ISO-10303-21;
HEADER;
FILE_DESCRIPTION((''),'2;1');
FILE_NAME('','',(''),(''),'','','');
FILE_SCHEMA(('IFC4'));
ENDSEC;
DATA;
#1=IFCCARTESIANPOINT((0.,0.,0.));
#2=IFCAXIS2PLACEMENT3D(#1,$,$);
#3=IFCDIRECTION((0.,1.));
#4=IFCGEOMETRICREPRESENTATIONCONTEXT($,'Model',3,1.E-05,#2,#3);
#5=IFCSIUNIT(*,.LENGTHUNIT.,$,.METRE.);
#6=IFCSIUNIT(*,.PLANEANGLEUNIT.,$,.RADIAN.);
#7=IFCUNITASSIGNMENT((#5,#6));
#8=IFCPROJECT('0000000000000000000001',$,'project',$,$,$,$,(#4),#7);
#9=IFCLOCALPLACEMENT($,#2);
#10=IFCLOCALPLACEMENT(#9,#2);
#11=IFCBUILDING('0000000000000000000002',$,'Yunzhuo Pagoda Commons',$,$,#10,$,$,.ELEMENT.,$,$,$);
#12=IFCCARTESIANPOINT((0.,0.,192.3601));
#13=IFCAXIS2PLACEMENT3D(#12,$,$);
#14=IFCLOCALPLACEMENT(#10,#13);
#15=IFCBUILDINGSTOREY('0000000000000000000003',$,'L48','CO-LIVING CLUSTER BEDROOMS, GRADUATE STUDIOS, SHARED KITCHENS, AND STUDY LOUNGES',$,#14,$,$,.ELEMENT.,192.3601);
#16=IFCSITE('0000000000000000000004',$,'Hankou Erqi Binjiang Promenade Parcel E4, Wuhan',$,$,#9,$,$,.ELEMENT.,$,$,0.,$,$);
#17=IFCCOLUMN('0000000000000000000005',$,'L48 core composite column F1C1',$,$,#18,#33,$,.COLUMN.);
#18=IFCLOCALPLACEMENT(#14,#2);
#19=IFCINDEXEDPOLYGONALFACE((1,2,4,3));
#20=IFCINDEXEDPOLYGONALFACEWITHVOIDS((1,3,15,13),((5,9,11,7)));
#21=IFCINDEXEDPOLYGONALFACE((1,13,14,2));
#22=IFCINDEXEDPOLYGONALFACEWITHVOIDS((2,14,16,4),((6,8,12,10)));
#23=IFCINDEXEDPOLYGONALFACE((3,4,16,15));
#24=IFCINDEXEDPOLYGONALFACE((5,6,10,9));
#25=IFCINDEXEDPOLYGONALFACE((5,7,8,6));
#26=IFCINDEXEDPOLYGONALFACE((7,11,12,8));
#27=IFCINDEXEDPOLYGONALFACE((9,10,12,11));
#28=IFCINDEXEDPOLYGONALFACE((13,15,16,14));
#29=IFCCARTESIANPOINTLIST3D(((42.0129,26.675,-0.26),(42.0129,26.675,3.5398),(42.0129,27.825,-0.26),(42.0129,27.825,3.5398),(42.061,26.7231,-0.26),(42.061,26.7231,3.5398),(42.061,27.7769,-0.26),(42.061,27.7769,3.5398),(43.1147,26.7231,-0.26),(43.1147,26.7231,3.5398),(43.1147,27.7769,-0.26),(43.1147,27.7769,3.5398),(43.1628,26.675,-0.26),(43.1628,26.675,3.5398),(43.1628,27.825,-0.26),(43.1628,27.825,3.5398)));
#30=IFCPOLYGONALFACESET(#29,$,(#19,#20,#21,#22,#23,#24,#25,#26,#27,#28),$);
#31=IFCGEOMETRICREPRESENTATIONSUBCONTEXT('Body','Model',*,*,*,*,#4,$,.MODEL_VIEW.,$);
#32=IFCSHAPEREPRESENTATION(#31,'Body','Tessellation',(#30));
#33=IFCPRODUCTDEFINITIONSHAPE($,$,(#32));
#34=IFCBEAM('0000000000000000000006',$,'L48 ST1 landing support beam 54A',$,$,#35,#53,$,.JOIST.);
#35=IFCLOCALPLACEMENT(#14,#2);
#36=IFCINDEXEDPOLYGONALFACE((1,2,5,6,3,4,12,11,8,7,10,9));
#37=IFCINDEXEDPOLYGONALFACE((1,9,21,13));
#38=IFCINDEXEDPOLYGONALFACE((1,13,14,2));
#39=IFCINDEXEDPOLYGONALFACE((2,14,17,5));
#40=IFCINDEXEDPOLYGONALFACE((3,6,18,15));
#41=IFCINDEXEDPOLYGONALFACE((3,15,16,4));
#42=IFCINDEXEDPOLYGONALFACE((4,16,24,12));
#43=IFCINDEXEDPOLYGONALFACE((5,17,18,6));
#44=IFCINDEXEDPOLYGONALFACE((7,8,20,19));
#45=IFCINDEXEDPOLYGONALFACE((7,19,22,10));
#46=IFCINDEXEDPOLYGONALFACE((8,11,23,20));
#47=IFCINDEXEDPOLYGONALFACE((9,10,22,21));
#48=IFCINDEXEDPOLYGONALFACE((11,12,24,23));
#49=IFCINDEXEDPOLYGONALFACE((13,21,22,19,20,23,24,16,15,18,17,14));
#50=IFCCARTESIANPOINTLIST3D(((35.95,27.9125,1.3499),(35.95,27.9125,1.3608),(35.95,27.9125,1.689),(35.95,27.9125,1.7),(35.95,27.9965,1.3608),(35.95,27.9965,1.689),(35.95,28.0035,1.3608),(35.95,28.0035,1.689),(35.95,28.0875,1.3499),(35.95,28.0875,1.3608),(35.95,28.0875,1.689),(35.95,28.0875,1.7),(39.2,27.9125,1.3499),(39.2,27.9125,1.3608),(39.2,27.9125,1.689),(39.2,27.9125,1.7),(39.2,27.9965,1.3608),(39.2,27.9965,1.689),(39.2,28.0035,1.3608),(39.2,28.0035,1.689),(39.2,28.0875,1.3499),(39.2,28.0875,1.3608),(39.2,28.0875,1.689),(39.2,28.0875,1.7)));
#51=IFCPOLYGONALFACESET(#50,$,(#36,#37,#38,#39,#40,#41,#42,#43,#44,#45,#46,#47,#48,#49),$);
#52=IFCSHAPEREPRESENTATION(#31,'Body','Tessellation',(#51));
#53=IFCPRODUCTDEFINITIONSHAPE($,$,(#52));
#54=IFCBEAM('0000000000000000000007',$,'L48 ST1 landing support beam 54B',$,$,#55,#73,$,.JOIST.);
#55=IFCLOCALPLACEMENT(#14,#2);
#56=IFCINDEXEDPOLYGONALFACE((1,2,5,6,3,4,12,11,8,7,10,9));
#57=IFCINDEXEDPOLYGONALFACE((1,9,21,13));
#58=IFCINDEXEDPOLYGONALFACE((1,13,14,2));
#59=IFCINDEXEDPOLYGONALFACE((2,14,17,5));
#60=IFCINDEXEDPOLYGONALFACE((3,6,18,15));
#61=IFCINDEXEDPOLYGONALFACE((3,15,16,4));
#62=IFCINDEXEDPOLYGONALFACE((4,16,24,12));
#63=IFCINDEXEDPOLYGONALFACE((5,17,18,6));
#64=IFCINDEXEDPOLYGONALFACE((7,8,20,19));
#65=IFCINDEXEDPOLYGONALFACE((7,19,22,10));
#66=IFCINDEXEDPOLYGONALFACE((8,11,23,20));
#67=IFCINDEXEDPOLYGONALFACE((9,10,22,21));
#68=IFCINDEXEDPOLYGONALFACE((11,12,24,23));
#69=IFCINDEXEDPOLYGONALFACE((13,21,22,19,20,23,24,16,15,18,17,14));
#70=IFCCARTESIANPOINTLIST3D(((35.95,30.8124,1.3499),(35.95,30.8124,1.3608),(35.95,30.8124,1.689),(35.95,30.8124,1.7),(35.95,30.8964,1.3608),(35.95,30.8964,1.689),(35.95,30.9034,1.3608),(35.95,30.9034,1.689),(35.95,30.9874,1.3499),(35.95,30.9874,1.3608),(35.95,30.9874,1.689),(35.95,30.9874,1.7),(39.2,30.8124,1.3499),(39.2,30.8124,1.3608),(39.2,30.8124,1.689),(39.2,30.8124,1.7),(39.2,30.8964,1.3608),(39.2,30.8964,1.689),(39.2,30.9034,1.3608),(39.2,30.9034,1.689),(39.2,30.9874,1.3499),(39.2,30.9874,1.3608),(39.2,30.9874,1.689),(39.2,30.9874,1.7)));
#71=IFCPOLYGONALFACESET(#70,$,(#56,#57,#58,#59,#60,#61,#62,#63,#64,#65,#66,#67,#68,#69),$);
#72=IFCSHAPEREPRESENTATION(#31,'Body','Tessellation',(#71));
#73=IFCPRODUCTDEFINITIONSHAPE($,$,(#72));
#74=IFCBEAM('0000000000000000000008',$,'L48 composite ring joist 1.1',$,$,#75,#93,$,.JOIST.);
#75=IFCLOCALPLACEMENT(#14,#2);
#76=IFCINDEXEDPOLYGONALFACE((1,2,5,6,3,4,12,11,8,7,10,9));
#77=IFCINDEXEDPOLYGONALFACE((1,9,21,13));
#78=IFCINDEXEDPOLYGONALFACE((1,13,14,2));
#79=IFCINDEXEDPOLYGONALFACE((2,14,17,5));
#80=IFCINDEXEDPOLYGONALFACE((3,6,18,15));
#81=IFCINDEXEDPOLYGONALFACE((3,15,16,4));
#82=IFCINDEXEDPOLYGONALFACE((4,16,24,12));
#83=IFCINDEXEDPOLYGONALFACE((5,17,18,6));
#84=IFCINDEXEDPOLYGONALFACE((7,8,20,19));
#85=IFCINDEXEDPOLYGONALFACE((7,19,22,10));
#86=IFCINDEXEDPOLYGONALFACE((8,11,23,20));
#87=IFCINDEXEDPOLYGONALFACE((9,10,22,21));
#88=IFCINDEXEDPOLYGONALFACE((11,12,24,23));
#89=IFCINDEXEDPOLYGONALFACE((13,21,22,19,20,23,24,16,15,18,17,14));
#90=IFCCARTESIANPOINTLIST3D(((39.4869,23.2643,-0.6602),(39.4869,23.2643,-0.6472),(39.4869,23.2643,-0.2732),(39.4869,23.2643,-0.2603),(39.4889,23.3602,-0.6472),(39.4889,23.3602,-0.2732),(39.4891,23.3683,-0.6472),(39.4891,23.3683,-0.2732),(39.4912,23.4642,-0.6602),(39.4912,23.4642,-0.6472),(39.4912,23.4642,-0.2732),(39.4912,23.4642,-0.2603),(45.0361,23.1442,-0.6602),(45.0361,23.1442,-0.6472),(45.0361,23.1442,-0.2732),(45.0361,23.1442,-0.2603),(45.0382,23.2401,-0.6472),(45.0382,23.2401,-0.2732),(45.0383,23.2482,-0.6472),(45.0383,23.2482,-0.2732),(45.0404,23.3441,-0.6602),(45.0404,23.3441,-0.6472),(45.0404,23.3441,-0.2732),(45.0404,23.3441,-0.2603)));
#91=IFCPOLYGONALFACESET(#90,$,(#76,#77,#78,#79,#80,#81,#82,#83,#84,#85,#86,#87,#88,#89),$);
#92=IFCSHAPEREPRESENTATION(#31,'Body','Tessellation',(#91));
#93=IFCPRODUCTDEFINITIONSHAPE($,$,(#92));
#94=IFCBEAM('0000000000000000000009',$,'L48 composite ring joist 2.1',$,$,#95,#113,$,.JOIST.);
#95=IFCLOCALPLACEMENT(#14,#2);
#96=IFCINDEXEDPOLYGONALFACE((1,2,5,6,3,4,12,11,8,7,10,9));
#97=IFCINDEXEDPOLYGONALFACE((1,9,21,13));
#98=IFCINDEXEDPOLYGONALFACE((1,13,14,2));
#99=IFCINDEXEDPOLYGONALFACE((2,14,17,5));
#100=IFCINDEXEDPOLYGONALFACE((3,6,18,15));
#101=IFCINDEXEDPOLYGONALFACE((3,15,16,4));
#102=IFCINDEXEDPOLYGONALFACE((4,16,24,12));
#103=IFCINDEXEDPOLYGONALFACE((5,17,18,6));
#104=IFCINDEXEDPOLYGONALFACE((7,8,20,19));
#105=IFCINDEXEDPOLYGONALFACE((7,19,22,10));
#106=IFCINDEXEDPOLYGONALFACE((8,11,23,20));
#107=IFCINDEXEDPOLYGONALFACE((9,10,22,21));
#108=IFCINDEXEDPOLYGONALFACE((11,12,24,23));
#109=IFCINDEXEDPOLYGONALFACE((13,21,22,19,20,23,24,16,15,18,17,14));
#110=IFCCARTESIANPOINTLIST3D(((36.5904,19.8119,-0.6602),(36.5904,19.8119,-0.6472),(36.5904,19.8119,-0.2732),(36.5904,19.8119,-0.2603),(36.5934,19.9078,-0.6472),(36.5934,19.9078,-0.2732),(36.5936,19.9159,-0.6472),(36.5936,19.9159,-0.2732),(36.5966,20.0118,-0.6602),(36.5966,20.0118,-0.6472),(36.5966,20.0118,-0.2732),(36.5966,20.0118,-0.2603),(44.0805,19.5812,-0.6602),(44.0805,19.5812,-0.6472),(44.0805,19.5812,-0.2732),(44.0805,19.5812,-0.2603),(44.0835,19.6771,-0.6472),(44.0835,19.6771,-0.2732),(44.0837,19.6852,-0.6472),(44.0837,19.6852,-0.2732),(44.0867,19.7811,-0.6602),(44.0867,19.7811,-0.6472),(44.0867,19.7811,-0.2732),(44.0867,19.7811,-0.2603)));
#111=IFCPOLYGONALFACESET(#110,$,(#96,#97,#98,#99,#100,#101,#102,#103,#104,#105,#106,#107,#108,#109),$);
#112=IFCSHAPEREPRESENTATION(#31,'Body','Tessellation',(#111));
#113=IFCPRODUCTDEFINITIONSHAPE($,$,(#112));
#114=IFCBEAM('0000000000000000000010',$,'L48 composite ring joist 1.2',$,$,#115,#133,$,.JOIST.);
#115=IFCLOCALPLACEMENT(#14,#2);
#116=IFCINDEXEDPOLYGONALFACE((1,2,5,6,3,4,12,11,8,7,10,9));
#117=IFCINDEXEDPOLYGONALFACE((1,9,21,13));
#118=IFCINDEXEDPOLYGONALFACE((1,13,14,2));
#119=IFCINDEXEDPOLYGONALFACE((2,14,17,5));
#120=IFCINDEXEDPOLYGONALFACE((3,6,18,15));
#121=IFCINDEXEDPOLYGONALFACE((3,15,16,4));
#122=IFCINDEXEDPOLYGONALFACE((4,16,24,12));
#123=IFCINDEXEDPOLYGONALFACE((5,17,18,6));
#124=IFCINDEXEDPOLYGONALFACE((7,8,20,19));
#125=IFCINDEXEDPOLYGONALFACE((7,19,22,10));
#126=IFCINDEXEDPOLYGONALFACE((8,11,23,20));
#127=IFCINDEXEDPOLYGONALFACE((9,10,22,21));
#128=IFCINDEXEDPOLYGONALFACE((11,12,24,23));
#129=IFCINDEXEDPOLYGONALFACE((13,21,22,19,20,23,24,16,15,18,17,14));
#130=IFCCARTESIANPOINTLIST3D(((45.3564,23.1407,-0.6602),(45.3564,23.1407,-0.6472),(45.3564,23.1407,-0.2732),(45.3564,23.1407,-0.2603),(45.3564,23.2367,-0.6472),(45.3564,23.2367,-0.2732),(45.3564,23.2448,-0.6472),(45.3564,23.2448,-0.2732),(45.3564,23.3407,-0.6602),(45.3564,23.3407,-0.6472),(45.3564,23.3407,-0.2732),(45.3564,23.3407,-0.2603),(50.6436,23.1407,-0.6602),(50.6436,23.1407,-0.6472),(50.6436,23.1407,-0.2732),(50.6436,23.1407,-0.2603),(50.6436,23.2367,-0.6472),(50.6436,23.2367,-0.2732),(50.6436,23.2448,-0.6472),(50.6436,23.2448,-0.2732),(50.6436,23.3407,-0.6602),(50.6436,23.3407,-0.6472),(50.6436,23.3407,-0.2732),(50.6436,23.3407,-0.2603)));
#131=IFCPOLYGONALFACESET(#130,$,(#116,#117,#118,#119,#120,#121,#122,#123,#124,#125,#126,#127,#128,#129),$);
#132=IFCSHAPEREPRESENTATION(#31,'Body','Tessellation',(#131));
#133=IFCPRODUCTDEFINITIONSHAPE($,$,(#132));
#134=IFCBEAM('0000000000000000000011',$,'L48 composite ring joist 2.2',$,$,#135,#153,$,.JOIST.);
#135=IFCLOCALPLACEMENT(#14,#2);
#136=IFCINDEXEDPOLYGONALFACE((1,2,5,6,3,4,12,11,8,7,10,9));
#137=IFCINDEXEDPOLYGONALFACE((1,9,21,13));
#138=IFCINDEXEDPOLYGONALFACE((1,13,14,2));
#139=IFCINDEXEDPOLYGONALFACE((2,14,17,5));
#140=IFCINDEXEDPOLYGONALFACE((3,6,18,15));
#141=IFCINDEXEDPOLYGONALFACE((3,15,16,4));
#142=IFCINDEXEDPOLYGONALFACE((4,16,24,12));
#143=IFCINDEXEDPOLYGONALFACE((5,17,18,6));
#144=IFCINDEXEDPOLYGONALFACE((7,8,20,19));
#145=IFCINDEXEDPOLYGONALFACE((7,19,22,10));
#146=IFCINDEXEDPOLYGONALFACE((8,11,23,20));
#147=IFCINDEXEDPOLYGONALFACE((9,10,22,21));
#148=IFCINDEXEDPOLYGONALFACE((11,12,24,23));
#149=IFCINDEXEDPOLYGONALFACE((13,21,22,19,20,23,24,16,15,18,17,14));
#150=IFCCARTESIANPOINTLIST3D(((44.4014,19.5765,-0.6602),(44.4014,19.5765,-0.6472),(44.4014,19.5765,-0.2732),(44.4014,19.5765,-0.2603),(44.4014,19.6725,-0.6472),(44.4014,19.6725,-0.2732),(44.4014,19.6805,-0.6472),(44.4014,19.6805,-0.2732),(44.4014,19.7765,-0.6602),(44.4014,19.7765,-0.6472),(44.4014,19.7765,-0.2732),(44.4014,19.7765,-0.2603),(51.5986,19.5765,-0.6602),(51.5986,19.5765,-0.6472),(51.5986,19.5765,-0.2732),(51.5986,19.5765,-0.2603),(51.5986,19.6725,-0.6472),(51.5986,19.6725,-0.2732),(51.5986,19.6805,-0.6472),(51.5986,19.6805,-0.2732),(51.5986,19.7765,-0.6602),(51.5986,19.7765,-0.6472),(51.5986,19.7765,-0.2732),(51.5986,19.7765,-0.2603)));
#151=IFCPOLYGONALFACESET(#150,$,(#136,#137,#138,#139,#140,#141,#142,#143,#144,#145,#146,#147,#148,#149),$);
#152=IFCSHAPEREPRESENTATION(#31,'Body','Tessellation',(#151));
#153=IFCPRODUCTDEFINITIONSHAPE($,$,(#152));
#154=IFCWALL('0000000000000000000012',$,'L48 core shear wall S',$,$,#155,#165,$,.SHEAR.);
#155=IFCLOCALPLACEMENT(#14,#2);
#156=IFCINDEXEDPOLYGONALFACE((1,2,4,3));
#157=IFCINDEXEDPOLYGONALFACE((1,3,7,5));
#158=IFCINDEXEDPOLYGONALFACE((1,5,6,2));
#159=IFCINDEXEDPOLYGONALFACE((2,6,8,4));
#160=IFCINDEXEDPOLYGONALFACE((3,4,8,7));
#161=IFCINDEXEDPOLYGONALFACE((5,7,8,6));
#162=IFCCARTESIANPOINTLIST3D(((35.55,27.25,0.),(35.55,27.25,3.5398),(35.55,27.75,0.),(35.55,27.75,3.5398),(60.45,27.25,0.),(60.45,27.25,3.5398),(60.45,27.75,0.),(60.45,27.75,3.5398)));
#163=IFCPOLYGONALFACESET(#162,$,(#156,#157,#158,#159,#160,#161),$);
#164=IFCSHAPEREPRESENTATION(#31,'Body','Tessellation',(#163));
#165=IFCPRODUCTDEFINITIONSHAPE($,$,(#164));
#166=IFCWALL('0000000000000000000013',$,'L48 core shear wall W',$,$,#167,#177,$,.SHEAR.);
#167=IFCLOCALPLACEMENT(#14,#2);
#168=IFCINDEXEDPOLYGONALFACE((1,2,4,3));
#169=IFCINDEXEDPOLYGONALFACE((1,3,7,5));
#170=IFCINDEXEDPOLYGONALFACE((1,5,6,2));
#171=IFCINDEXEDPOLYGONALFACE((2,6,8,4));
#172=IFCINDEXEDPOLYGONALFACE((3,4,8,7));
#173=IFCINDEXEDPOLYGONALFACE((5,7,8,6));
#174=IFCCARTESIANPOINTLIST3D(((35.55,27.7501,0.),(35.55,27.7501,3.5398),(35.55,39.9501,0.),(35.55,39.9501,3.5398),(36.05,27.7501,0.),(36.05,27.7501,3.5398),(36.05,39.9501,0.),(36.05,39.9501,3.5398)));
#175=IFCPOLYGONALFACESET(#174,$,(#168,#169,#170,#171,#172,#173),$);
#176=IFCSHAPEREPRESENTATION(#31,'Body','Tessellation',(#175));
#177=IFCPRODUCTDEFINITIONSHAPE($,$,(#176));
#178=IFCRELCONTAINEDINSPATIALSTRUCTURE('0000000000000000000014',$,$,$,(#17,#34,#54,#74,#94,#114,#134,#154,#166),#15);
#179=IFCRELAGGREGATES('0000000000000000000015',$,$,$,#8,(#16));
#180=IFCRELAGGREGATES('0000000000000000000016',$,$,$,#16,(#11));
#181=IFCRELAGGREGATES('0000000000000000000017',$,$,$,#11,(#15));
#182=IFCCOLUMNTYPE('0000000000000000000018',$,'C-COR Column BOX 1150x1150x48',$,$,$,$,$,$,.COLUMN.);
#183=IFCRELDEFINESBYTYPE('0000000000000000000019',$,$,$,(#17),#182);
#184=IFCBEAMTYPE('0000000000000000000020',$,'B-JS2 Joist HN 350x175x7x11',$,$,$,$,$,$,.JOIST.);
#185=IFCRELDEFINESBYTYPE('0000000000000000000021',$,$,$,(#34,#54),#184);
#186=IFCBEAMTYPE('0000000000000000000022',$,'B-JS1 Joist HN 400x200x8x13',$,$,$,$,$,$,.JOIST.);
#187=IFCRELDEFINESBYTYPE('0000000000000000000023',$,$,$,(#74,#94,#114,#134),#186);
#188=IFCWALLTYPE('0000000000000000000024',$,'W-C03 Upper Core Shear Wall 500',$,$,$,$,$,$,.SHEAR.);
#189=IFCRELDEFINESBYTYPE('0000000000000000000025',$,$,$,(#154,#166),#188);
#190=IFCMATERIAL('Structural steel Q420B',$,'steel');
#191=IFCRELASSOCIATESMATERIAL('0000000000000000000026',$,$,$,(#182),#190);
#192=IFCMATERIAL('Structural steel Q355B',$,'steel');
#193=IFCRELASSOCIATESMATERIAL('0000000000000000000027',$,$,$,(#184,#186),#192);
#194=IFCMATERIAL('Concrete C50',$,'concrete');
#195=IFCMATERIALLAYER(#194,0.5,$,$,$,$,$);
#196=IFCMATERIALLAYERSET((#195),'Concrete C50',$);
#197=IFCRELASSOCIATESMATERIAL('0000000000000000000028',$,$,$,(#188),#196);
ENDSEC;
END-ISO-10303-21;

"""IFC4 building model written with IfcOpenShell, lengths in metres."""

from ifc_helpers import new_model, si_unit, direction, frame, frame_2d, origin, origin_2d, place, context, subcontext, project, spatial, rectangle, hollow_rectangle, i_section, extrude, source, transform, mapped, material, layer, layer_set, material_profile, profile_set, type_object, element, save


model = new_model("IFC4")

# Units and contexts
model_context = context("Model", 3, precision=1e-05, world=origin(), true_north=direction((0.0, 1.0)))
body_context = subcontext(model_context, "Body", "Model", "MODEL_VIEW")
ifc_project = project(units=[si_unit("LENGTHUNIT", "METRE"), si_unit("PLANEANGLEUNIT", "RADIAN")], contexts=[model_context])

# Site, building, storey
site_placement = place(None, origin())
site = spatial("IfcSite", under=ifc_project, at=site_placement, Name="Hankou Erqi Binjiang Promenade Parcel E4, Wuhan", CompositionType="ELEMENT", RefElevation=0.0)
building_placement = place(site_placement, origin())
building = spatial("IfcBuilding", under=site, at=building_placement, Name="Yunzhuo Pagoda Commons", CompositionType="ELEMENT")
storey_placement = place(building_placement, frame((0.0, 0.0, 192.3601)))
storey = spatial("IfcBuildingStorey", under=building, at=storey_placement, Name="L48", Description="CO-LIVING CLUSTER BEDROOMS, GRADUATE STUDIOS, SHARED KITCHENS, AND STUDY LOUNGES", CompositionType="ELEMENT", Elevation=192.3601)

# Column
ifc_material_1 = material(Name="Structural steel Q420B", Category="steel")
ifc_material_profile_1 = material_profile(ifc_material_1, hollow_rectangle(XDim=1.1499, YDim=1.1499, WallThickness=0.0481, at=origin_2d()), Name="Structural steel Q420B")
ifc_profile_set_1 = profile_set([ifc_material_profile_1], Name="Structural steel Q420B")
column_type = type_object("IfcColumnType", Name="C-COR Column BOX 1150x1150x48", PredefinedType="COLUMN", material=ifc_profile_set_1)
shared_shape_1 = source(origin(), body_context, "Body", "SweptSolid", [
    extrude(hollow_rectangle(XDim=1.1499, YDim=1.1499, WallThickness=0.0481, at=origin_2d()), origin(), (0.0, 0.0, 1.0), 3.7998),
])
column_placement = place(storey_placement, frame((42.5879, 27.25, -0.26), z_axis=(0.0, 0.0, 1.0), x_axis=(1.0, 0.0, 0.0)))
element("IfcColumn", 1, at=column_placement, inside=storey, type_object=column_type, Name="L48 core composite column F1C1", PredefinedType="COLUMN", context=body_context, shape_type="MappedRepresentation", body=[
    mapped(shared_shape_1, transform((0.0, 0.0, 0.0), scale=1.0)),
])

# Beams
ifc_material_2 = material(Name="Structural steel Q355B", Category="steel")
ifc_material_profile_2 = material_profile(ifc_material_2, i_section(OverallWidth=0.175, OverallDepth=0.3501, WebThickness=0.0071, FlangeThickness=0.011, at=origin_2d()), Name="Structural steel Q355B")
ifc_profile_set_2 = profile_set([ifc_material_profile_2], Name="Structural steel Q355B")
beam_type_1 = type_object("IfcBeamType", Name="B-JS2 Joist HN 350x175x7x11", PredefinedType="JOIST", material=ifc_profile_set_2)
shared_shape_2 = source(origin(), body_context, "Body", "SweptSolid", [
    extrude(i_section(OverallWidth=0.175, OverallDepth=0.3501, WebThickness=0.0071, FlangeThickness=0.011, at=origin_2d()), origin(), (0.0, 0.0, 1.0), 3.25),
])
for number, where, z_axis, x_axis, name in (
    (2, (35.95, 28.0, 1.5249), (1.0, 0.0, 0.0), (0.0, 1.0, 0.0), "L48 ST1 landing support beam 54A"),
    (3, (35.95, 30.8999, 1.5249), (1.0, 0.0, 0.0), (0.0, 1.0, 0.0), "L48 ST1 landing support beam 54B"),
):
    element("IfcBeam", number, at=place(storey_placement, frame(where, z_axis=z_axis, x_axis=x_axis)), inside=storey, type_object=beam_type_1, Name=name, PredefinedType="JOIST", context=body_context, shape_type="MappedRepresentation", body=[
        mapped(shared_shape_2, transform((0.0, 0.0, 0.0), scale=1.0)),
    ])
ifc_material_profile_3 = material_profile(ifc_material_2, i_section(OverallWidth=0.2, OverallDepth=0.3999, WebThickness=0.0081, FlangeThickness=0.0129, at=origin_2d()), Name="Structural steel Q355B")
ifc_profile_set_3 = profile_set([ifc_material_profile_3], Name="Structural steel Q355B")
beam_type_2 = type_object("IfcBeamType", Name="B-JS1 Joist HN 400x200x8x13", PredefinedType="JOIST", material=ifc_profile_set_3)
shared_shape_3 = source(origin(), body_context, "Body", "SweptSolid", [
    extrude(i_section(OverallWidth=0.2, OverallDepth=0.3999, WebThickness=0.0081, FlangeThickness=0.0129, at=origin_2d()), origin(), (0.0, 0.0, 1.0), 5.5505),
])
beam_1_placement = place(storey_placement, frame((39.489, 23.3643, -0.4602), z_axis=(0.999766, -0.02164, 0.0), x_axis=(0.02164, 0.999766, 0.0)))
element("IfcBeam", 4, at=beam_1_placement, inside=storey, type_object=beam_type_2, Name="L48 composite ring joist 1.1", PredefinedType="JOIST", context=body_context, shape_type="MappedRepresentation", body=[
    mapped(shared_shape_3, transform((0.0, 0.0, 0.0), scale=1.0)),
])
shared_shape_4 = source(origin(), body_context, "Body", "SweptSolid", [
    extrude(i_section(OverallWidth=0.2, OverallDepth=0.3999, WebThickness=0.0081, FlangeThickness=0.0129, at=origin_2d()), origin(), (0.0, 0.0, 1.0), 7.4937),
])
beam_2_placement = place(storey_placement, frame((36.5935, 19.9119, -0.4602), z_axis=(0.999526, -0.030788, 0.0), x_axis=(0.030788, 0.999526, 0.0)))
element("IfcBeam", 5, at=beam_2_placement, inside=storey, type_object=beam_type_2, Name="L48 composite ring joist 2.1", PredefinedType="JOIST", context=body_context, shape_type="MappedRepresentation", body=[
    mapped(shared_shape_4, transform((0.0, 0.0, 0.0), scale=1.0)),
])
shared_shape_5 = source(origin(), body_context, "Body", "SweptSolid", [
    extrude(i_section(OverallWidth=0.2, OverallDepth=0.3999, WebThickness=0.0081, FlangeThickness=0.0129, at=origin_2d()), origin(), (0.0, 0.0, 1.0), 5.2871),
])
beam_3_placement = place(storey_placement, frame((45.3564, 23.2407, -0.4602), z_axis=(1.0, 0.0, 0.0), x_axis=(0.0, 1.0, 0.0)))
element("IfcBeam", 6, at=beam_3_placement, inside=storey, type_object=beam_type_2, Name="L48 composite ring joist 1.2", PredefinedType="JOIST", context=body_context, shape_type="MappedRepresentation", body=[
    mapped(shared_shape_5, transform((0.0, 0.0, 0.0), scale=1.0)),
])
shared_shape_6 = source(origin(), body_context, "Body", "SweptSolid", [
    extrude(i_section(OverallWidth=0.2, OverallDepth=0.3999, WebThickness=0.0081, FlangeThickness=0.0129, at=origin_2d()), origin(), (0.0, 0.0, 1.0), 7.1973),
])
beam_4_placement = place(storey_placement, frame((44.4014, 19.6765, -0.4602), z_axis=(1.0, 0.0, 0.0), x_axis=(0.0, 1.0, 0.0)))
element("IfcBeam", 7, at=beam_4_placement, inside=storey, type_object=beam_type_2, Name="L48 composite ring joist 2.2", PredefinedType="JOIST", context=body_context, shape_type="MappedRepresentation", body=[
    mapped(shared_shape_6, transform((0.0, 0.0, 0.0), scale=1.0)),
])

# Walls
ifc_material_3 = material(Name="Concrete C50", Category="concrete")
ifc_layer_1 = layer(ifc_material_3, 0.5)
ifc_layer_set_1 = layer_set([ifc_layer_1], Name="Concrete C50")
wall_type_1 = type_object("IfcWallType", Name="W-C03 Upper Core Shear Wall 500", PredefinedType="SHEAR", material=ifc_layer_set_1)
wall_1_placement = place(storey_placement, frame((35.55, 27.5, 0.0), z_axis=(0.0, 0.0, 1.0), x_axis=(1.0, 0.0, 0.0)))
element("IfcWall", 8, at=wall_1_placement, inside=storey, type_object=wall_type_1, Name="L48 core shear wall S", PredefinedType="SHEAR", context=body_context, shape_type="SweptSolid", body=[
    extrude(rectangle(XDim=24.8999, YDim=0.5, at=frame_2d((12.45, 0.0))), origin(), (0.0, 0.0, 1.0), 3.5398),
])
wall_2_placement = place(storey_placement, frame((35.8, 27.75, 0.0), z_axis=(0.0, 0.0, 1.0), x_axis=(0.0, 1.0, 0.0)))
element("IfcWall", 9, at=wall_2_placement, inside=storey, type_object=wall_type_1, Name="L48 core shear wall W", PredefinedType="SHEAR", context=body_context, shape_type="SweptSolid", body=[
    extrude(rectangle(XDim=12.2, YDim=0.5, at=frame_2d((6.1001, 0.0))), origin(), (0.0, 0.0, 1.0), 3.5398),
])

save(model, "model.ifc")
